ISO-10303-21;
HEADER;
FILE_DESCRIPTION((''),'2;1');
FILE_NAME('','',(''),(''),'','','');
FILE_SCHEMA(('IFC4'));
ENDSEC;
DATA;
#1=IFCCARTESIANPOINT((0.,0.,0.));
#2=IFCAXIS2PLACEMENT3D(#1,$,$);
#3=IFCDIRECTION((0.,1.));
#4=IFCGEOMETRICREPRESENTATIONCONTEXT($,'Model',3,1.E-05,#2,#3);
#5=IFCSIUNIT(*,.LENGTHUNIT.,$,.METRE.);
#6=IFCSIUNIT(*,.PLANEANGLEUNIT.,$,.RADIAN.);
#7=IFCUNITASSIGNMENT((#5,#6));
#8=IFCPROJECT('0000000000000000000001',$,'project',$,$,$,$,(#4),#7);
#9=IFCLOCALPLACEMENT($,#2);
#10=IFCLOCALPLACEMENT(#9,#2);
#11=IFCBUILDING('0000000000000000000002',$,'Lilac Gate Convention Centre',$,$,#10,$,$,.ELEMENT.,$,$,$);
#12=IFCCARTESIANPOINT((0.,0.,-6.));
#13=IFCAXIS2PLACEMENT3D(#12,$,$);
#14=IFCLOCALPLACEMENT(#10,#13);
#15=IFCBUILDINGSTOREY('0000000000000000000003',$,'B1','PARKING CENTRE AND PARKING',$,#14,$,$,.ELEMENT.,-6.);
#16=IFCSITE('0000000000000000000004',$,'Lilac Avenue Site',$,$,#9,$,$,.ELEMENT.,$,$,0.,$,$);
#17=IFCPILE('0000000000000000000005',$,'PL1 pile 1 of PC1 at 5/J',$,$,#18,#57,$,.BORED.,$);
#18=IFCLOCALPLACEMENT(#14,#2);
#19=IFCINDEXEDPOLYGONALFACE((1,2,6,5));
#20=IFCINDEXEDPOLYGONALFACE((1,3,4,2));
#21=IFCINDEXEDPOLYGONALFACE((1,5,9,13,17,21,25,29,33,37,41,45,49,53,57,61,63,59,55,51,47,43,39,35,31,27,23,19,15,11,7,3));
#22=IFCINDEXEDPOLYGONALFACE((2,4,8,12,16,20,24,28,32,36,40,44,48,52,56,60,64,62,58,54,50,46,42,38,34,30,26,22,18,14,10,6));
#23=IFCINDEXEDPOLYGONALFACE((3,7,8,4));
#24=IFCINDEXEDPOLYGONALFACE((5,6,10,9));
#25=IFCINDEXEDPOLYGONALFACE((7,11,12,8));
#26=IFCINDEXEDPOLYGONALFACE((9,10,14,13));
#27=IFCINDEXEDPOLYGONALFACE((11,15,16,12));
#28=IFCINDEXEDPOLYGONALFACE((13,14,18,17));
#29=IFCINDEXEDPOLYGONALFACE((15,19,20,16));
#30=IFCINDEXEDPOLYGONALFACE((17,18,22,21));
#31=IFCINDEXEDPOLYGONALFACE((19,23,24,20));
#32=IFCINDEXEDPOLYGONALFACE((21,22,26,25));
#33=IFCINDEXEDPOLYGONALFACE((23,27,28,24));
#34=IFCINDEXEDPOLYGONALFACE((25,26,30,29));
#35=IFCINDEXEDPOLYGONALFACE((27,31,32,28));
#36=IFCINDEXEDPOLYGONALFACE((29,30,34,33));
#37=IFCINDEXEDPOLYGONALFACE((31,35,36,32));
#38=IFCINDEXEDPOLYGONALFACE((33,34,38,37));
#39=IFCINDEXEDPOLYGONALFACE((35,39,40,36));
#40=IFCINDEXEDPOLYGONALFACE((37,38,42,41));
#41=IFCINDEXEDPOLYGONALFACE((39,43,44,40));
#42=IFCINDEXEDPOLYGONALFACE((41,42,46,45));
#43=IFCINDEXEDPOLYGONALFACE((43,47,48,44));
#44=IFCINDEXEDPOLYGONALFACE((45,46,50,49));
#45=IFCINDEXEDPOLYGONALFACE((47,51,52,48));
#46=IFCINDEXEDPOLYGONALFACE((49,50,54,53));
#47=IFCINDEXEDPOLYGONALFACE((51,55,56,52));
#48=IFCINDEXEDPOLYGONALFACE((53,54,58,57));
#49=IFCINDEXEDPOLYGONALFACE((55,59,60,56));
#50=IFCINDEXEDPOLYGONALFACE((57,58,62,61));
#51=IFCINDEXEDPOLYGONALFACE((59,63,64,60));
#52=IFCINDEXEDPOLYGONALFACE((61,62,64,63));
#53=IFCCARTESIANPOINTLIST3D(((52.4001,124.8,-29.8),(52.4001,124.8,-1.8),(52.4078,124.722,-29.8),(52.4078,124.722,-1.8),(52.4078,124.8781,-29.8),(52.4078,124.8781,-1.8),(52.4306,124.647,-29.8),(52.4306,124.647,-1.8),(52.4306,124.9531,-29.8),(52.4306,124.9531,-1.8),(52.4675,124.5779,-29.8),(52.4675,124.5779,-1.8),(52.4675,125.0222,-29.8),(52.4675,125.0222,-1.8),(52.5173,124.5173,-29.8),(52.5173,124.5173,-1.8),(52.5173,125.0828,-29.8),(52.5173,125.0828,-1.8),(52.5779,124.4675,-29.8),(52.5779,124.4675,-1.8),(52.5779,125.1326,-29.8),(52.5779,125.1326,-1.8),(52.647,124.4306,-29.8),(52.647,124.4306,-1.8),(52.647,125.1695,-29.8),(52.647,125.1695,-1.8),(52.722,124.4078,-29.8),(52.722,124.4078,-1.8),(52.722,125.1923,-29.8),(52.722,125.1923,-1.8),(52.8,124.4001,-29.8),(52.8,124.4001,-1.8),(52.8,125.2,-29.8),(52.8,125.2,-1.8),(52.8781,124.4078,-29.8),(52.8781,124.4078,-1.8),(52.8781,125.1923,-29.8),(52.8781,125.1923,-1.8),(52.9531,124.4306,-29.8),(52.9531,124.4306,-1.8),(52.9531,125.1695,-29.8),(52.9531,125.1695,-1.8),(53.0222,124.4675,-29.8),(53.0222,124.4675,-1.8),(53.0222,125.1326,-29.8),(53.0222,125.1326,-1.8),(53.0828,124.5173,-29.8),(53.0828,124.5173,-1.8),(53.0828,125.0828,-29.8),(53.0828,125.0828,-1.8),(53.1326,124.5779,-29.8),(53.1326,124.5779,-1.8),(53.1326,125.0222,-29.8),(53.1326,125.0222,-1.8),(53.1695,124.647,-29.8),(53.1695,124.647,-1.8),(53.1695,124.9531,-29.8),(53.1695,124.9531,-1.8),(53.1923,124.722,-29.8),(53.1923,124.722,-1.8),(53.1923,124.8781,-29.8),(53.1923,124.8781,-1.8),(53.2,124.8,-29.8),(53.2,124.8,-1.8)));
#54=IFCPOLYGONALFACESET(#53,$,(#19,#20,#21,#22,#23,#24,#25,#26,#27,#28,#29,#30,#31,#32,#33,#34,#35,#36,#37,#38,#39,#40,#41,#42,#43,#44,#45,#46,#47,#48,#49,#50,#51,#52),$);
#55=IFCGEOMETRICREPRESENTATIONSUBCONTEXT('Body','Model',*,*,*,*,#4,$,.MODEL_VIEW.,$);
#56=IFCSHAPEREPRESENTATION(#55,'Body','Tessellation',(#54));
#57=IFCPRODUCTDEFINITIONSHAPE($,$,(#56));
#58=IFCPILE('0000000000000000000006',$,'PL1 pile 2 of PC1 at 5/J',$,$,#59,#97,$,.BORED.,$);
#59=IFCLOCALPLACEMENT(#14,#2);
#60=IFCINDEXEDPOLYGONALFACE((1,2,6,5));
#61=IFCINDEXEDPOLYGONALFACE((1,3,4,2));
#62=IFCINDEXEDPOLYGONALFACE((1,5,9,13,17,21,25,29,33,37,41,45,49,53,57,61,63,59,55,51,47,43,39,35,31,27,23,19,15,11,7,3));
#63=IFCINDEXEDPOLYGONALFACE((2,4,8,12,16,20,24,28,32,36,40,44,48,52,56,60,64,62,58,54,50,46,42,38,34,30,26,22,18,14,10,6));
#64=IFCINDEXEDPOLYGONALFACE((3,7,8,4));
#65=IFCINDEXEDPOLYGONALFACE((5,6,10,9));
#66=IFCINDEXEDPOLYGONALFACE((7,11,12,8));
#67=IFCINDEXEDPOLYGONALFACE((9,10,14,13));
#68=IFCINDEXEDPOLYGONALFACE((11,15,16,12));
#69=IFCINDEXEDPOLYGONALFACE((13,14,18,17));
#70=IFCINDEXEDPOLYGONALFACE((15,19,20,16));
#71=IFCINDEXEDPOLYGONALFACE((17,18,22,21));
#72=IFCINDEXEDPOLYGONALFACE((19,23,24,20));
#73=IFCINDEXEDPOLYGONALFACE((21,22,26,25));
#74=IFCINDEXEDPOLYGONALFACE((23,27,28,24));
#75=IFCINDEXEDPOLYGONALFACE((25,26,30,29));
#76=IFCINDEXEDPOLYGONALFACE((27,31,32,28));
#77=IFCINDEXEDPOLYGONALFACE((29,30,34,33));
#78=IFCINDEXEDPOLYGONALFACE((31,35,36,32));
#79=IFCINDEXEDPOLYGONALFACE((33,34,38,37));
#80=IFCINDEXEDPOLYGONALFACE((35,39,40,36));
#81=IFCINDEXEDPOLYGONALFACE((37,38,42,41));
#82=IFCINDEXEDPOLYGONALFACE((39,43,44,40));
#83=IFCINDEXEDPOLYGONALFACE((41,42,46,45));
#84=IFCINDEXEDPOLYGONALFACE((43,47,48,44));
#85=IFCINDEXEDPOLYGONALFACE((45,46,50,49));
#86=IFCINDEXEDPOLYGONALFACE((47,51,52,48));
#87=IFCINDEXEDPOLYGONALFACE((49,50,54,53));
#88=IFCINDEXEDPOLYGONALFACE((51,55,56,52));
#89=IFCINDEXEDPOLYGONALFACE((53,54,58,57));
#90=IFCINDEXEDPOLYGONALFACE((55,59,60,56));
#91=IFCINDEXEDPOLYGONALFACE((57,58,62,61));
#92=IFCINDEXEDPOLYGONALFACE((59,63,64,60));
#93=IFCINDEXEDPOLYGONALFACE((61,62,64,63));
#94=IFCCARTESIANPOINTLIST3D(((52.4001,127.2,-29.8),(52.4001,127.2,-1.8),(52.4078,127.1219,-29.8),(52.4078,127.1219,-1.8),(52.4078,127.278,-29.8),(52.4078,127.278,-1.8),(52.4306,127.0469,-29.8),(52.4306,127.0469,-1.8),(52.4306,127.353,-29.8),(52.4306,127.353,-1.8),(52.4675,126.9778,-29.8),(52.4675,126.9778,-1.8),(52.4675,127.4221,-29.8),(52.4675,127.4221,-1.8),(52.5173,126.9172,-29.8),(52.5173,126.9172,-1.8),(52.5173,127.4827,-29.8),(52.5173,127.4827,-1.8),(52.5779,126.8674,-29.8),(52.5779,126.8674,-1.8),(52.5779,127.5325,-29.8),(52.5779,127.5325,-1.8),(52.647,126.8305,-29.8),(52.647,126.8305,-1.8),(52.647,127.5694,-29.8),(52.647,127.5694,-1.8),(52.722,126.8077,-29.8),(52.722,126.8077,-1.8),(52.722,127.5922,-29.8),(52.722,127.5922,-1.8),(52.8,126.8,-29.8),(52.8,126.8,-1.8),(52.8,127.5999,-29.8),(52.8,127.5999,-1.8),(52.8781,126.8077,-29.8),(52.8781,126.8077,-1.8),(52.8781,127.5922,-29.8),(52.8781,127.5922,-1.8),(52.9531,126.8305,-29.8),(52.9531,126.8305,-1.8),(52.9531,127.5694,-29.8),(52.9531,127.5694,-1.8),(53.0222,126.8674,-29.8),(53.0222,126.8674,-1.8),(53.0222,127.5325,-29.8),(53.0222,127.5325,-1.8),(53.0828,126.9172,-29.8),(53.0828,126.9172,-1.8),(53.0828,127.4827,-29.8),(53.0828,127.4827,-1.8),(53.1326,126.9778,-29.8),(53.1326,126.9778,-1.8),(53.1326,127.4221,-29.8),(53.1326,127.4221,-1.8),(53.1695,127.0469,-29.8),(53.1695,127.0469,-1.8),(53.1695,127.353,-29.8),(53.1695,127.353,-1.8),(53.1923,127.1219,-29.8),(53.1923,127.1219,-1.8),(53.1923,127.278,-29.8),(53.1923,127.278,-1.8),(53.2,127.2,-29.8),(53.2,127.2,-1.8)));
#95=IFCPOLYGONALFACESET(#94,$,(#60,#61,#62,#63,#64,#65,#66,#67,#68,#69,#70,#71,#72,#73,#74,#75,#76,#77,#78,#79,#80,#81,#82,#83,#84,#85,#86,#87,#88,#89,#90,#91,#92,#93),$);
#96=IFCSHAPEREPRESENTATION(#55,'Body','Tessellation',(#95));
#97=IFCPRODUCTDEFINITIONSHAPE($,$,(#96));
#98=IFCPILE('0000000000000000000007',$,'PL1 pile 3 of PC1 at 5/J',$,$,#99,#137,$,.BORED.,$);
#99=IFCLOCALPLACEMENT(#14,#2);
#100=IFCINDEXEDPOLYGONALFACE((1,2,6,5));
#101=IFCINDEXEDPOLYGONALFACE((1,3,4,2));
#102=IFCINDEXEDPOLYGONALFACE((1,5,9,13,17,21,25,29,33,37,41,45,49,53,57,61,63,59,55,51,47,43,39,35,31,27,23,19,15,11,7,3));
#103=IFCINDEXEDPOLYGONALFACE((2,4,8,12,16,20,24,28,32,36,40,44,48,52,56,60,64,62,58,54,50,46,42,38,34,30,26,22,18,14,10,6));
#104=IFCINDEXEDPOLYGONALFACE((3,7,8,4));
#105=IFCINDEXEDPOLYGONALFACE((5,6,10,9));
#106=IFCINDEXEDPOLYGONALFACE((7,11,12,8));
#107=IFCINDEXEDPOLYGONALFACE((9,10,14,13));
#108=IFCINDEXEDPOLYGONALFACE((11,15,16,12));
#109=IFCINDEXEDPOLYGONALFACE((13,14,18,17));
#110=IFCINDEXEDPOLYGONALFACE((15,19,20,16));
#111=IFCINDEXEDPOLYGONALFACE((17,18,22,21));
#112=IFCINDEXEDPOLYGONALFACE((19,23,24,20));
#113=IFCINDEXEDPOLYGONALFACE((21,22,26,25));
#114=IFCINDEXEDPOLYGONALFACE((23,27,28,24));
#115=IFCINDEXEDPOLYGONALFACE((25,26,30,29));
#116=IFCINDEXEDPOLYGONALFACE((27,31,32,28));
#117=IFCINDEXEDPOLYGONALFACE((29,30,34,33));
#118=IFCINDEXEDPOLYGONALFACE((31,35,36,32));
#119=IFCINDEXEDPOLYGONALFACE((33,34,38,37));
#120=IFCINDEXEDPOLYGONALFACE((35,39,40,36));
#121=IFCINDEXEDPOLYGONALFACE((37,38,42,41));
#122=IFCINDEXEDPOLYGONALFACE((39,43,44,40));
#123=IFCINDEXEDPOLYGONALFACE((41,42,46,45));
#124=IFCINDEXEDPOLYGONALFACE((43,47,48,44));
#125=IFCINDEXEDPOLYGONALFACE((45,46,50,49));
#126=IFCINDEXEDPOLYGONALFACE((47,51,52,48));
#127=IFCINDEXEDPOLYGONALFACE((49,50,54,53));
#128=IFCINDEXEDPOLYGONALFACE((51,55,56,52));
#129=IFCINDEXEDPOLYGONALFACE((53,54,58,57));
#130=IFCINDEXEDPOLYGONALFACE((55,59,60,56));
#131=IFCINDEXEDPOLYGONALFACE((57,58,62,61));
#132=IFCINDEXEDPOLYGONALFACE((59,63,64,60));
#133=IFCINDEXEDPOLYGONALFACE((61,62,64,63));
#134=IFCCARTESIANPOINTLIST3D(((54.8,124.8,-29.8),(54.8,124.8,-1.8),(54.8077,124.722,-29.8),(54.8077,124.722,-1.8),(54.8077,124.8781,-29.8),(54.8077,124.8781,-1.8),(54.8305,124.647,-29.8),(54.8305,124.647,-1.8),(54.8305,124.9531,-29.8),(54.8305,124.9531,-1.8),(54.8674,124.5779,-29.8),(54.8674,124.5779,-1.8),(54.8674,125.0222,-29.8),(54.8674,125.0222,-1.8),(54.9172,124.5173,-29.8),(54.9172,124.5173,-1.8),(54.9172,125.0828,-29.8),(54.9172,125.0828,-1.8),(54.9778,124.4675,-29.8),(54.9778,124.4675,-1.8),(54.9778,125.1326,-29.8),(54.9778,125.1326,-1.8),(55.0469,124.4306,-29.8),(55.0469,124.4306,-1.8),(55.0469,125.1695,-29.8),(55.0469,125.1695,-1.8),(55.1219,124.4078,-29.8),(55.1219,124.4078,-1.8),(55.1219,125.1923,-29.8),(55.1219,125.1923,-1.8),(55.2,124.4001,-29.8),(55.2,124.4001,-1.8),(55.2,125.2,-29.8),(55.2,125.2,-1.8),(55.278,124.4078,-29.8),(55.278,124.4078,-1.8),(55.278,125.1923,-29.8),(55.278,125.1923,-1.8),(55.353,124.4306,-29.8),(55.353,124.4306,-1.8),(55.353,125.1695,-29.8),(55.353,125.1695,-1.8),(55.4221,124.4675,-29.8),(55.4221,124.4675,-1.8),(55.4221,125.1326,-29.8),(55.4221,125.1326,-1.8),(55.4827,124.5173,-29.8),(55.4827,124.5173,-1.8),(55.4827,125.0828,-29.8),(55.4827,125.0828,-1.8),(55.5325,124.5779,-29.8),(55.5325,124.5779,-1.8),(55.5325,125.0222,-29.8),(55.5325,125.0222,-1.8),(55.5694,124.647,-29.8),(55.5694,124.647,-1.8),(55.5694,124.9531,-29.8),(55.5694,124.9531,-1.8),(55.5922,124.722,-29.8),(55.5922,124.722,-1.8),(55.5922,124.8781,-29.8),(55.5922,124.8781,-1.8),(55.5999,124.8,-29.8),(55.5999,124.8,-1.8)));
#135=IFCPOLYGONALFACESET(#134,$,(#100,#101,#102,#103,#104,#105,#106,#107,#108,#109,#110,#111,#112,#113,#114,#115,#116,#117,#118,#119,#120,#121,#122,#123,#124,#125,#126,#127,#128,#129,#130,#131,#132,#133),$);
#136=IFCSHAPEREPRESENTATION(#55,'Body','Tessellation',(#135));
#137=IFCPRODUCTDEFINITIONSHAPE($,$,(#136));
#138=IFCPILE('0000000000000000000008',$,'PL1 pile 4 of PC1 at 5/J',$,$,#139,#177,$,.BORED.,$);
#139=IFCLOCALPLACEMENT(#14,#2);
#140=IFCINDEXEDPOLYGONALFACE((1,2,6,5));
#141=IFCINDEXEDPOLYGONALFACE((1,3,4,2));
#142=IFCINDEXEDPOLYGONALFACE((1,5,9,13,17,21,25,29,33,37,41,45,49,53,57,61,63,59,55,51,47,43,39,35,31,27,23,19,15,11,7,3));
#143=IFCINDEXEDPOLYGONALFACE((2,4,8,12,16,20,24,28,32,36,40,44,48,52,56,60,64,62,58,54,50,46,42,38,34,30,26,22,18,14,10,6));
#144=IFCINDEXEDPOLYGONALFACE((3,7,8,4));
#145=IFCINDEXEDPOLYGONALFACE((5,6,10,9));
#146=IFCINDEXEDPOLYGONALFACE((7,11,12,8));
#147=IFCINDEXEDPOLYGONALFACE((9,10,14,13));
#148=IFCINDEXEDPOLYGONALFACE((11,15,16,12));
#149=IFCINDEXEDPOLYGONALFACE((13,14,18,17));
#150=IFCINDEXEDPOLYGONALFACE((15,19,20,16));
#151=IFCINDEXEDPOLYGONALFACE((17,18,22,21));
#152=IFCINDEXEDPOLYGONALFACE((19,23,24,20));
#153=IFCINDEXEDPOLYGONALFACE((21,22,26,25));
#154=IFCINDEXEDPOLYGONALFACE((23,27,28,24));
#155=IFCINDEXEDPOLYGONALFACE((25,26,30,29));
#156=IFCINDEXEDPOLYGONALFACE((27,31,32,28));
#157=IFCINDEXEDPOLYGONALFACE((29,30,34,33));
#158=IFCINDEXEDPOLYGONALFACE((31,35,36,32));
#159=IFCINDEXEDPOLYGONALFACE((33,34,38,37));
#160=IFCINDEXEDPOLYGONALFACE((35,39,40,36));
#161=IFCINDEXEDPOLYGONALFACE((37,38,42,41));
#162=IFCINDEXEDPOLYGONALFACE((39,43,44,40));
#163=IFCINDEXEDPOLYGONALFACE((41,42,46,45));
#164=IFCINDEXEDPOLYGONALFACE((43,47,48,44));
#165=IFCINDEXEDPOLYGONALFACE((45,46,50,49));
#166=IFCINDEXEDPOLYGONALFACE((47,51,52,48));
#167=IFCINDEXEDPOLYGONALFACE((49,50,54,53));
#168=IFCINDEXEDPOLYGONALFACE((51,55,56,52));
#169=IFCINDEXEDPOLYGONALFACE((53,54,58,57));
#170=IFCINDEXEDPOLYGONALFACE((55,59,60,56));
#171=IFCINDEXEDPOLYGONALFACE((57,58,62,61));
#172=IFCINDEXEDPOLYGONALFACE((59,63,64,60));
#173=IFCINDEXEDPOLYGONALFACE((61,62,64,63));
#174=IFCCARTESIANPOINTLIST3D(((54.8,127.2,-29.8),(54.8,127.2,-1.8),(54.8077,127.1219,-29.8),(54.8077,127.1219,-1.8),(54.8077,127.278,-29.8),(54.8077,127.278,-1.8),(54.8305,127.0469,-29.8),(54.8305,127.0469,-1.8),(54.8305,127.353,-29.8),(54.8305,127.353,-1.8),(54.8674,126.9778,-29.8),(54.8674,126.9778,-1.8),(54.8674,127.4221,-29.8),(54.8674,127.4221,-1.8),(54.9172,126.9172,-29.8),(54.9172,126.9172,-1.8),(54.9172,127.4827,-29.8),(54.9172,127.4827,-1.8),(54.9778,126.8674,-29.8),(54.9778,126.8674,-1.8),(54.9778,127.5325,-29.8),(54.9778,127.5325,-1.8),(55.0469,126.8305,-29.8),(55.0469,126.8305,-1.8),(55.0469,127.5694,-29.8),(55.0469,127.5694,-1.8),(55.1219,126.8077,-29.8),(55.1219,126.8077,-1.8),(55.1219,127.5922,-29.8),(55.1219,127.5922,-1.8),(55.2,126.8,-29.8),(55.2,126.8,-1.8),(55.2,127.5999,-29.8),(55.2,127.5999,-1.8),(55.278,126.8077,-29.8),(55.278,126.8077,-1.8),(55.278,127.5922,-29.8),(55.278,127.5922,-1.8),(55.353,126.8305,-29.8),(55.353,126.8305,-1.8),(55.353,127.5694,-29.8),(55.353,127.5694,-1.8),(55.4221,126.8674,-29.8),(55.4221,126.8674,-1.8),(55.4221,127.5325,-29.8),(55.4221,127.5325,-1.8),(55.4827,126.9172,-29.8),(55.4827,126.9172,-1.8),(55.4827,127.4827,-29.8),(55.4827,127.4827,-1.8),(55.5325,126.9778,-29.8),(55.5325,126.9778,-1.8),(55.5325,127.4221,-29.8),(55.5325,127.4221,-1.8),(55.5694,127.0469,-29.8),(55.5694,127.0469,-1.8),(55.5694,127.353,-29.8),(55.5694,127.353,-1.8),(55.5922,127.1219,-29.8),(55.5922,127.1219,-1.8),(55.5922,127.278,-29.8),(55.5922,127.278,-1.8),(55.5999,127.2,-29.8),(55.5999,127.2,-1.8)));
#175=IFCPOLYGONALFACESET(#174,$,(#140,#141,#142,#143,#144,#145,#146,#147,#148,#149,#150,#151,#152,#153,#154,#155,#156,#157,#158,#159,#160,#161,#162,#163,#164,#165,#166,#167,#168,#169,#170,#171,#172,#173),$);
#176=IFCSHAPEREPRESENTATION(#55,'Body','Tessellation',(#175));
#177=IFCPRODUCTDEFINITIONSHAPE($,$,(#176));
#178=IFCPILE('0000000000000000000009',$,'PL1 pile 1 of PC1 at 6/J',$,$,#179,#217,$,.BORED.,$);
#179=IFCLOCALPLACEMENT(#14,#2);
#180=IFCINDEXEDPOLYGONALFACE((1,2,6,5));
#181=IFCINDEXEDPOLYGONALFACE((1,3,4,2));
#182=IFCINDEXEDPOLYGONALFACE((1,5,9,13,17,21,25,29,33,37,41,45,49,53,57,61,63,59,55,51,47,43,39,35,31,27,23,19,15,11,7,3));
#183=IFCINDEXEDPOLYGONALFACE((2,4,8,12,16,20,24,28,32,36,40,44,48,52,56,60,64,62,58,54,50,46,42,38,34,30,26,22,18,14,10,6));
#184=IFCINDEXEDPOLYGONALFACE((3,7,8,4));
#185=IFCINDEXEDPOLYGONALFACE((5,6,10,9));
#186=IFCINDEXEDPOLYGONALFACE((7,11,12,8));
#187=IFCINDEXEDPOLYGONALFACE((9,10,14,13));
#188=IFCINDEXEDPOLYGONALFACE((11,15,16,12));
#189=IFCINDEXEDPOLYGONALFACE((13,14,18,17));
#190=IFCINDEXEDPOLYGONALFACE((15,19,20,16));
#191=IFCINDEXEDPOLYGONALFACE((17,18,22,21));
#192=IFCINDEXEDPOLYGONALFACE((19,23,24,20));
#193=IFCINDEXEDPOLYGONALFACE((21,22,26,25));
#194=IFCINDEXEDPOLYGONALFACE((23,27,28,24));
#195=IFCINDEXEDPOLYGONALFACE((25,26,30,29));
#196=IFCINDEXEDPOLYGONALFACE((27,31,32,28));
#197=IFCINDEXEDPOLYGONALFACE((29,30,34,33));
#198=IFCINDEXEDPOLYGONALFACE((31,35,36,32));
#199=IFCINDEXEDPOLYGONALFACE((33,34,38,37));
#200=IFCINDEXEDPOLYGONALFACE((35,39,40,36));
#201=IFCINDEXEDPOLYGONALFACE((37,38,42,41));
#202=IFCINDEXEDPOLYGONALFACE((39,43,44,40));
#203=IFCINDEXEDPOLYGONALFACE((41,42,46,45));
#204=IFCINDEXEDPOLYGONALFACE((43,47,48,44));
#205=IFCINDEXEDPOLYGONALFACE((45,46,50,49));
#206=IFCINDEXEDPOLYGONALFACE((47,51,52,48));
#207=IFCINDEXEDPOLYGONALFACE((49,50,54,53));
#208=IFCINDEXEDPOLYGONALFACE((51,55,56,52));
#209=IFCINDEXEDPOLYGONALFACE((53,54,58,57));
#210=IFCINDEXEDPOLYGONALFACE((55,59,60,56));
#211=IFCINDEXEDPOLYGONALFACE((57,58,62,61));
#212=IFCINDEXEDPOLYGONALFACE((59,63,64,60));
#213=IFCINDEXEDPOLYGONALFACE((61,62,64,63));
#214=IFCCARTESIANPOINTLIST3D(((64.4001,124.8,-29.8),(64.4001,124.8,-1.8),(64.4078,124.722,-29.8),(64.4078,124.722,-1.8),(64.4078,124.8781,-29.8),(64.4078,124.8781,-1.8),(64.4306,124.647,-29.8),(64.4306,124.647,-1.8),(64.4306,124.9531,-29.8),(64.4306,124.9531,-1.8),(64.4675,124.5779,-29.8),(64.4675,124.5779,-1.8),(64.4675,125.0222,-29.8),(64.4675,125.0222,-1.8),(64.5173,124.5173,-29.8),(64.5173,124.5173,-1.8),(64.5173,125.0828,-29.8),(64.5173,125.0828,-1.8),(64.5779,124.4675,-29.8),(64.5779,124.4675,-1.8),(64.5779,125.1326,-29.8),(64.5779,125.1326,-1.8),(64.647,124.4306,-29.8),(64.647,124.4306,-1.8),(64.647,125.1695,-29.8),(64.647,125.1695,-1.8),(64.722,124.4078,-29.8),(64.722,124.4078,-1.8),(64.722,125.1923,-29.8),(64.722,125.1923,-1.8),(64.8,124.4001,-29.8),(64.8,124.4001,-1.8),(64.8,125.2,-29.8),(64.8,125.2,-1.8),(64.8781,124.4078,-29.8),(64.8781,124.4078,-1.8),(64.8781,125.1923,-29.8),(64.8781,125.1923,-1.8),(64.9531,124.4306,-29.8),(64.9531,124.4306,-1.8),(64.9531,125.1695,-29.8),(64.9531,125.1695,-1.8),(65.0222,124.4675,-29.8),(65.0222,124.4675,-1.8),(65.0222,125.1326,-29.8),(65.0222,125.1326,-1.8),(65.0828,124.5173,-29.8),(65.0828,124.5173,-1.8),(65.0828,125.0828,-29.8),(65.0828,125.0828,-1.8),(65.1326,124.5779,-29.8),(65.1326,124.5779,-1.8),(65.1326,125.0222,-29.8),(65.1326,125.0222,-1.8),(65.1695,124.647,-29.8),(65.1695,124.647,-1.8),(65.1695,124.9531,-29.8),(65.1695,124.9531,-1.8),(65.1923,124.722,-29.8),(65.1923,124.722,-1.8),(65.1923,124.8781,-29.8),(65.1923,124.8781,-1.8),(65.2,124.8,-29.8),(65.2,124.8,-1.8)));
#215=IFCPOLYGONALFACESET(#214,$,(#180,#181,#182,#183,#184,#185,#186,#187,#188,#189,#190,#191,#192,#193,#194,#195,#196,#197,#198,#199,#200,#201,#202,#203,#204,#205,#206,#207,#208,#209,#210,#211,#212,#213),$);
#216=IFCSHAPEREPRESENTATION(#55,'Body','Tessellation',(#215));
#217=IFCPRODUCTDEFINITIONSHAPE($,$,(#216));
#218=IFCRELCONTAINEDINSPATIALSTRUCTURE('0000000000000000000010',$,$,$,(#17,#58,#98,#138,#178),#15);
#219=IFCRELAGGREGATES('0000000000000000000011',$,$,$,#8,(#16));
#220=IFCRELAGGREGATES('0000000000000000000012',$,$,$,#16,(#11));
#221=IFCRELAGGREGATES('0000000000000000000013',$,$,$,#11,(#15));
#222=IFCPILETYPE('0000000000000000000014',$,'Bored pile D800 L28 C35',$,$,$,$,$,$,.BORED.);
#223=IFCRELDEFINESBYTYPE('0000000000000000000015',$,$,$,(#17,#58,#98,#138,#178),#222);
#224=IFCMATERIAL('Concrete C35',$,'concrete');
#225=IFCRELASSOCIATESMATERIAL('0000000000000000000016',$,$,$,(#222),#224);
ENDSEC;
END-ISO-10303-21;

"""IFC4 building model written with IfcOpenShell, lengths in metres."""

from ifc_helpers import new_model, si_unit, direction, frame, origin, origin_2d, place, context, subcontext, project, spatial, circle, extrude, material, material_profile, profile_set, type_object, element, save


model = new_model("IFC4")

# Units and contexts
model_context = context("Model", 3, precision=1e-05, world=origin(), true_north=direction((0.0, 1.0)))
body_context = subcontext(model_context, "Body", "Model", "MODEL_VIEW")
ifc_project = project(units=[si_unit("LENGTHUNIT", "METRE"), si_unit("PLANEANGLEUNIT", "RADIAN")], contexts=[model_context])

# Site, building, storey
site_placement = place(None, origin())
site = spatial("IfcSite", under=ifc_project, at=site_placement, Name="Lilac Avenue Site", CompositionType="ELEMENT", RefElevation=0.0)
building_placement = place(site_placement, origin())
building = spatial("IfcBuilding", under=site, at=building_placement, Name="Lilac Gate Convention Centre", CompositionType="ELEMENT")
storey_placement = place(building_placement, frame((0.0, 0.0, -6.0)))
storey = spatial("IfcBuildingStorey", under=building, at=storey_placement, Name="B1", Description="PARKING CENTRE AND PARKING", CompositionType="ELEMENT", Elevation=-6.0)

# Piles
ifc_material_1 = material(Name="Concrete C35", Category="concrete")
ifc_material_profile_1 = material_profile(ifc_material_1, circle(Radius=0.3999, at=origin_2d()), Name="D800")
ifc_profile_set_1 = profile_set([ifc_material_profile_1], Name="Concrete C35")
pile_type = type_object("IfcPileType", Name="Bored pile D800 L28 C35", PredefinedType="BORED", material=ifc_profile_set_1)
for number, where, z_axis, x_axis, name in (
    (1, (52.8, 124.8, -1.8), (0.0, 0.0, -1.0), (1.0, 0.0, 0.0), "PL1 pile 1 of PC1 at 5/J"),
    (2, (52.8, 127.2, -1.8), (0.0, 0.0, -1.0), (1.0, 0.0, 0.0), "PL1 pile 2 of PC1 at 5/J"),
    (3, (55.2, 124.8, -1.8), (0.0, 0.0, -1.0), (1.0, 0.0, 0.0), "PL1 pile 3 of PC1 at 5/J"),
    (4, (55.2, 127.2, -1.8), (0.0, 0.0, -1.0), (1.0, 0.0, 0.0), "PL1 pile 4 of PC1 at 5/J"),
    (5, (64.8, 124.8, -1.8), (0.0, 0.0, -1.0), (1.0, 0.0, 0.0), "PL1 pile 1 of PC1 at 6/J"),
):
    element("IfcPile", number, at=place(storey_placement, frame(where, z_axis=z_axis, x_axis=x_axis)), inside=storey, type_object=pile_type, Name=name, PredefinedType="BORED", context=body_context, shape_type="SweptSolid", body=[
        extrude(circle(Radius=0.3999, at=origin_2d()), origin(), (0.0, 0.0, 1.0), 28.0),
    ])

save(model, "model.ifc")
